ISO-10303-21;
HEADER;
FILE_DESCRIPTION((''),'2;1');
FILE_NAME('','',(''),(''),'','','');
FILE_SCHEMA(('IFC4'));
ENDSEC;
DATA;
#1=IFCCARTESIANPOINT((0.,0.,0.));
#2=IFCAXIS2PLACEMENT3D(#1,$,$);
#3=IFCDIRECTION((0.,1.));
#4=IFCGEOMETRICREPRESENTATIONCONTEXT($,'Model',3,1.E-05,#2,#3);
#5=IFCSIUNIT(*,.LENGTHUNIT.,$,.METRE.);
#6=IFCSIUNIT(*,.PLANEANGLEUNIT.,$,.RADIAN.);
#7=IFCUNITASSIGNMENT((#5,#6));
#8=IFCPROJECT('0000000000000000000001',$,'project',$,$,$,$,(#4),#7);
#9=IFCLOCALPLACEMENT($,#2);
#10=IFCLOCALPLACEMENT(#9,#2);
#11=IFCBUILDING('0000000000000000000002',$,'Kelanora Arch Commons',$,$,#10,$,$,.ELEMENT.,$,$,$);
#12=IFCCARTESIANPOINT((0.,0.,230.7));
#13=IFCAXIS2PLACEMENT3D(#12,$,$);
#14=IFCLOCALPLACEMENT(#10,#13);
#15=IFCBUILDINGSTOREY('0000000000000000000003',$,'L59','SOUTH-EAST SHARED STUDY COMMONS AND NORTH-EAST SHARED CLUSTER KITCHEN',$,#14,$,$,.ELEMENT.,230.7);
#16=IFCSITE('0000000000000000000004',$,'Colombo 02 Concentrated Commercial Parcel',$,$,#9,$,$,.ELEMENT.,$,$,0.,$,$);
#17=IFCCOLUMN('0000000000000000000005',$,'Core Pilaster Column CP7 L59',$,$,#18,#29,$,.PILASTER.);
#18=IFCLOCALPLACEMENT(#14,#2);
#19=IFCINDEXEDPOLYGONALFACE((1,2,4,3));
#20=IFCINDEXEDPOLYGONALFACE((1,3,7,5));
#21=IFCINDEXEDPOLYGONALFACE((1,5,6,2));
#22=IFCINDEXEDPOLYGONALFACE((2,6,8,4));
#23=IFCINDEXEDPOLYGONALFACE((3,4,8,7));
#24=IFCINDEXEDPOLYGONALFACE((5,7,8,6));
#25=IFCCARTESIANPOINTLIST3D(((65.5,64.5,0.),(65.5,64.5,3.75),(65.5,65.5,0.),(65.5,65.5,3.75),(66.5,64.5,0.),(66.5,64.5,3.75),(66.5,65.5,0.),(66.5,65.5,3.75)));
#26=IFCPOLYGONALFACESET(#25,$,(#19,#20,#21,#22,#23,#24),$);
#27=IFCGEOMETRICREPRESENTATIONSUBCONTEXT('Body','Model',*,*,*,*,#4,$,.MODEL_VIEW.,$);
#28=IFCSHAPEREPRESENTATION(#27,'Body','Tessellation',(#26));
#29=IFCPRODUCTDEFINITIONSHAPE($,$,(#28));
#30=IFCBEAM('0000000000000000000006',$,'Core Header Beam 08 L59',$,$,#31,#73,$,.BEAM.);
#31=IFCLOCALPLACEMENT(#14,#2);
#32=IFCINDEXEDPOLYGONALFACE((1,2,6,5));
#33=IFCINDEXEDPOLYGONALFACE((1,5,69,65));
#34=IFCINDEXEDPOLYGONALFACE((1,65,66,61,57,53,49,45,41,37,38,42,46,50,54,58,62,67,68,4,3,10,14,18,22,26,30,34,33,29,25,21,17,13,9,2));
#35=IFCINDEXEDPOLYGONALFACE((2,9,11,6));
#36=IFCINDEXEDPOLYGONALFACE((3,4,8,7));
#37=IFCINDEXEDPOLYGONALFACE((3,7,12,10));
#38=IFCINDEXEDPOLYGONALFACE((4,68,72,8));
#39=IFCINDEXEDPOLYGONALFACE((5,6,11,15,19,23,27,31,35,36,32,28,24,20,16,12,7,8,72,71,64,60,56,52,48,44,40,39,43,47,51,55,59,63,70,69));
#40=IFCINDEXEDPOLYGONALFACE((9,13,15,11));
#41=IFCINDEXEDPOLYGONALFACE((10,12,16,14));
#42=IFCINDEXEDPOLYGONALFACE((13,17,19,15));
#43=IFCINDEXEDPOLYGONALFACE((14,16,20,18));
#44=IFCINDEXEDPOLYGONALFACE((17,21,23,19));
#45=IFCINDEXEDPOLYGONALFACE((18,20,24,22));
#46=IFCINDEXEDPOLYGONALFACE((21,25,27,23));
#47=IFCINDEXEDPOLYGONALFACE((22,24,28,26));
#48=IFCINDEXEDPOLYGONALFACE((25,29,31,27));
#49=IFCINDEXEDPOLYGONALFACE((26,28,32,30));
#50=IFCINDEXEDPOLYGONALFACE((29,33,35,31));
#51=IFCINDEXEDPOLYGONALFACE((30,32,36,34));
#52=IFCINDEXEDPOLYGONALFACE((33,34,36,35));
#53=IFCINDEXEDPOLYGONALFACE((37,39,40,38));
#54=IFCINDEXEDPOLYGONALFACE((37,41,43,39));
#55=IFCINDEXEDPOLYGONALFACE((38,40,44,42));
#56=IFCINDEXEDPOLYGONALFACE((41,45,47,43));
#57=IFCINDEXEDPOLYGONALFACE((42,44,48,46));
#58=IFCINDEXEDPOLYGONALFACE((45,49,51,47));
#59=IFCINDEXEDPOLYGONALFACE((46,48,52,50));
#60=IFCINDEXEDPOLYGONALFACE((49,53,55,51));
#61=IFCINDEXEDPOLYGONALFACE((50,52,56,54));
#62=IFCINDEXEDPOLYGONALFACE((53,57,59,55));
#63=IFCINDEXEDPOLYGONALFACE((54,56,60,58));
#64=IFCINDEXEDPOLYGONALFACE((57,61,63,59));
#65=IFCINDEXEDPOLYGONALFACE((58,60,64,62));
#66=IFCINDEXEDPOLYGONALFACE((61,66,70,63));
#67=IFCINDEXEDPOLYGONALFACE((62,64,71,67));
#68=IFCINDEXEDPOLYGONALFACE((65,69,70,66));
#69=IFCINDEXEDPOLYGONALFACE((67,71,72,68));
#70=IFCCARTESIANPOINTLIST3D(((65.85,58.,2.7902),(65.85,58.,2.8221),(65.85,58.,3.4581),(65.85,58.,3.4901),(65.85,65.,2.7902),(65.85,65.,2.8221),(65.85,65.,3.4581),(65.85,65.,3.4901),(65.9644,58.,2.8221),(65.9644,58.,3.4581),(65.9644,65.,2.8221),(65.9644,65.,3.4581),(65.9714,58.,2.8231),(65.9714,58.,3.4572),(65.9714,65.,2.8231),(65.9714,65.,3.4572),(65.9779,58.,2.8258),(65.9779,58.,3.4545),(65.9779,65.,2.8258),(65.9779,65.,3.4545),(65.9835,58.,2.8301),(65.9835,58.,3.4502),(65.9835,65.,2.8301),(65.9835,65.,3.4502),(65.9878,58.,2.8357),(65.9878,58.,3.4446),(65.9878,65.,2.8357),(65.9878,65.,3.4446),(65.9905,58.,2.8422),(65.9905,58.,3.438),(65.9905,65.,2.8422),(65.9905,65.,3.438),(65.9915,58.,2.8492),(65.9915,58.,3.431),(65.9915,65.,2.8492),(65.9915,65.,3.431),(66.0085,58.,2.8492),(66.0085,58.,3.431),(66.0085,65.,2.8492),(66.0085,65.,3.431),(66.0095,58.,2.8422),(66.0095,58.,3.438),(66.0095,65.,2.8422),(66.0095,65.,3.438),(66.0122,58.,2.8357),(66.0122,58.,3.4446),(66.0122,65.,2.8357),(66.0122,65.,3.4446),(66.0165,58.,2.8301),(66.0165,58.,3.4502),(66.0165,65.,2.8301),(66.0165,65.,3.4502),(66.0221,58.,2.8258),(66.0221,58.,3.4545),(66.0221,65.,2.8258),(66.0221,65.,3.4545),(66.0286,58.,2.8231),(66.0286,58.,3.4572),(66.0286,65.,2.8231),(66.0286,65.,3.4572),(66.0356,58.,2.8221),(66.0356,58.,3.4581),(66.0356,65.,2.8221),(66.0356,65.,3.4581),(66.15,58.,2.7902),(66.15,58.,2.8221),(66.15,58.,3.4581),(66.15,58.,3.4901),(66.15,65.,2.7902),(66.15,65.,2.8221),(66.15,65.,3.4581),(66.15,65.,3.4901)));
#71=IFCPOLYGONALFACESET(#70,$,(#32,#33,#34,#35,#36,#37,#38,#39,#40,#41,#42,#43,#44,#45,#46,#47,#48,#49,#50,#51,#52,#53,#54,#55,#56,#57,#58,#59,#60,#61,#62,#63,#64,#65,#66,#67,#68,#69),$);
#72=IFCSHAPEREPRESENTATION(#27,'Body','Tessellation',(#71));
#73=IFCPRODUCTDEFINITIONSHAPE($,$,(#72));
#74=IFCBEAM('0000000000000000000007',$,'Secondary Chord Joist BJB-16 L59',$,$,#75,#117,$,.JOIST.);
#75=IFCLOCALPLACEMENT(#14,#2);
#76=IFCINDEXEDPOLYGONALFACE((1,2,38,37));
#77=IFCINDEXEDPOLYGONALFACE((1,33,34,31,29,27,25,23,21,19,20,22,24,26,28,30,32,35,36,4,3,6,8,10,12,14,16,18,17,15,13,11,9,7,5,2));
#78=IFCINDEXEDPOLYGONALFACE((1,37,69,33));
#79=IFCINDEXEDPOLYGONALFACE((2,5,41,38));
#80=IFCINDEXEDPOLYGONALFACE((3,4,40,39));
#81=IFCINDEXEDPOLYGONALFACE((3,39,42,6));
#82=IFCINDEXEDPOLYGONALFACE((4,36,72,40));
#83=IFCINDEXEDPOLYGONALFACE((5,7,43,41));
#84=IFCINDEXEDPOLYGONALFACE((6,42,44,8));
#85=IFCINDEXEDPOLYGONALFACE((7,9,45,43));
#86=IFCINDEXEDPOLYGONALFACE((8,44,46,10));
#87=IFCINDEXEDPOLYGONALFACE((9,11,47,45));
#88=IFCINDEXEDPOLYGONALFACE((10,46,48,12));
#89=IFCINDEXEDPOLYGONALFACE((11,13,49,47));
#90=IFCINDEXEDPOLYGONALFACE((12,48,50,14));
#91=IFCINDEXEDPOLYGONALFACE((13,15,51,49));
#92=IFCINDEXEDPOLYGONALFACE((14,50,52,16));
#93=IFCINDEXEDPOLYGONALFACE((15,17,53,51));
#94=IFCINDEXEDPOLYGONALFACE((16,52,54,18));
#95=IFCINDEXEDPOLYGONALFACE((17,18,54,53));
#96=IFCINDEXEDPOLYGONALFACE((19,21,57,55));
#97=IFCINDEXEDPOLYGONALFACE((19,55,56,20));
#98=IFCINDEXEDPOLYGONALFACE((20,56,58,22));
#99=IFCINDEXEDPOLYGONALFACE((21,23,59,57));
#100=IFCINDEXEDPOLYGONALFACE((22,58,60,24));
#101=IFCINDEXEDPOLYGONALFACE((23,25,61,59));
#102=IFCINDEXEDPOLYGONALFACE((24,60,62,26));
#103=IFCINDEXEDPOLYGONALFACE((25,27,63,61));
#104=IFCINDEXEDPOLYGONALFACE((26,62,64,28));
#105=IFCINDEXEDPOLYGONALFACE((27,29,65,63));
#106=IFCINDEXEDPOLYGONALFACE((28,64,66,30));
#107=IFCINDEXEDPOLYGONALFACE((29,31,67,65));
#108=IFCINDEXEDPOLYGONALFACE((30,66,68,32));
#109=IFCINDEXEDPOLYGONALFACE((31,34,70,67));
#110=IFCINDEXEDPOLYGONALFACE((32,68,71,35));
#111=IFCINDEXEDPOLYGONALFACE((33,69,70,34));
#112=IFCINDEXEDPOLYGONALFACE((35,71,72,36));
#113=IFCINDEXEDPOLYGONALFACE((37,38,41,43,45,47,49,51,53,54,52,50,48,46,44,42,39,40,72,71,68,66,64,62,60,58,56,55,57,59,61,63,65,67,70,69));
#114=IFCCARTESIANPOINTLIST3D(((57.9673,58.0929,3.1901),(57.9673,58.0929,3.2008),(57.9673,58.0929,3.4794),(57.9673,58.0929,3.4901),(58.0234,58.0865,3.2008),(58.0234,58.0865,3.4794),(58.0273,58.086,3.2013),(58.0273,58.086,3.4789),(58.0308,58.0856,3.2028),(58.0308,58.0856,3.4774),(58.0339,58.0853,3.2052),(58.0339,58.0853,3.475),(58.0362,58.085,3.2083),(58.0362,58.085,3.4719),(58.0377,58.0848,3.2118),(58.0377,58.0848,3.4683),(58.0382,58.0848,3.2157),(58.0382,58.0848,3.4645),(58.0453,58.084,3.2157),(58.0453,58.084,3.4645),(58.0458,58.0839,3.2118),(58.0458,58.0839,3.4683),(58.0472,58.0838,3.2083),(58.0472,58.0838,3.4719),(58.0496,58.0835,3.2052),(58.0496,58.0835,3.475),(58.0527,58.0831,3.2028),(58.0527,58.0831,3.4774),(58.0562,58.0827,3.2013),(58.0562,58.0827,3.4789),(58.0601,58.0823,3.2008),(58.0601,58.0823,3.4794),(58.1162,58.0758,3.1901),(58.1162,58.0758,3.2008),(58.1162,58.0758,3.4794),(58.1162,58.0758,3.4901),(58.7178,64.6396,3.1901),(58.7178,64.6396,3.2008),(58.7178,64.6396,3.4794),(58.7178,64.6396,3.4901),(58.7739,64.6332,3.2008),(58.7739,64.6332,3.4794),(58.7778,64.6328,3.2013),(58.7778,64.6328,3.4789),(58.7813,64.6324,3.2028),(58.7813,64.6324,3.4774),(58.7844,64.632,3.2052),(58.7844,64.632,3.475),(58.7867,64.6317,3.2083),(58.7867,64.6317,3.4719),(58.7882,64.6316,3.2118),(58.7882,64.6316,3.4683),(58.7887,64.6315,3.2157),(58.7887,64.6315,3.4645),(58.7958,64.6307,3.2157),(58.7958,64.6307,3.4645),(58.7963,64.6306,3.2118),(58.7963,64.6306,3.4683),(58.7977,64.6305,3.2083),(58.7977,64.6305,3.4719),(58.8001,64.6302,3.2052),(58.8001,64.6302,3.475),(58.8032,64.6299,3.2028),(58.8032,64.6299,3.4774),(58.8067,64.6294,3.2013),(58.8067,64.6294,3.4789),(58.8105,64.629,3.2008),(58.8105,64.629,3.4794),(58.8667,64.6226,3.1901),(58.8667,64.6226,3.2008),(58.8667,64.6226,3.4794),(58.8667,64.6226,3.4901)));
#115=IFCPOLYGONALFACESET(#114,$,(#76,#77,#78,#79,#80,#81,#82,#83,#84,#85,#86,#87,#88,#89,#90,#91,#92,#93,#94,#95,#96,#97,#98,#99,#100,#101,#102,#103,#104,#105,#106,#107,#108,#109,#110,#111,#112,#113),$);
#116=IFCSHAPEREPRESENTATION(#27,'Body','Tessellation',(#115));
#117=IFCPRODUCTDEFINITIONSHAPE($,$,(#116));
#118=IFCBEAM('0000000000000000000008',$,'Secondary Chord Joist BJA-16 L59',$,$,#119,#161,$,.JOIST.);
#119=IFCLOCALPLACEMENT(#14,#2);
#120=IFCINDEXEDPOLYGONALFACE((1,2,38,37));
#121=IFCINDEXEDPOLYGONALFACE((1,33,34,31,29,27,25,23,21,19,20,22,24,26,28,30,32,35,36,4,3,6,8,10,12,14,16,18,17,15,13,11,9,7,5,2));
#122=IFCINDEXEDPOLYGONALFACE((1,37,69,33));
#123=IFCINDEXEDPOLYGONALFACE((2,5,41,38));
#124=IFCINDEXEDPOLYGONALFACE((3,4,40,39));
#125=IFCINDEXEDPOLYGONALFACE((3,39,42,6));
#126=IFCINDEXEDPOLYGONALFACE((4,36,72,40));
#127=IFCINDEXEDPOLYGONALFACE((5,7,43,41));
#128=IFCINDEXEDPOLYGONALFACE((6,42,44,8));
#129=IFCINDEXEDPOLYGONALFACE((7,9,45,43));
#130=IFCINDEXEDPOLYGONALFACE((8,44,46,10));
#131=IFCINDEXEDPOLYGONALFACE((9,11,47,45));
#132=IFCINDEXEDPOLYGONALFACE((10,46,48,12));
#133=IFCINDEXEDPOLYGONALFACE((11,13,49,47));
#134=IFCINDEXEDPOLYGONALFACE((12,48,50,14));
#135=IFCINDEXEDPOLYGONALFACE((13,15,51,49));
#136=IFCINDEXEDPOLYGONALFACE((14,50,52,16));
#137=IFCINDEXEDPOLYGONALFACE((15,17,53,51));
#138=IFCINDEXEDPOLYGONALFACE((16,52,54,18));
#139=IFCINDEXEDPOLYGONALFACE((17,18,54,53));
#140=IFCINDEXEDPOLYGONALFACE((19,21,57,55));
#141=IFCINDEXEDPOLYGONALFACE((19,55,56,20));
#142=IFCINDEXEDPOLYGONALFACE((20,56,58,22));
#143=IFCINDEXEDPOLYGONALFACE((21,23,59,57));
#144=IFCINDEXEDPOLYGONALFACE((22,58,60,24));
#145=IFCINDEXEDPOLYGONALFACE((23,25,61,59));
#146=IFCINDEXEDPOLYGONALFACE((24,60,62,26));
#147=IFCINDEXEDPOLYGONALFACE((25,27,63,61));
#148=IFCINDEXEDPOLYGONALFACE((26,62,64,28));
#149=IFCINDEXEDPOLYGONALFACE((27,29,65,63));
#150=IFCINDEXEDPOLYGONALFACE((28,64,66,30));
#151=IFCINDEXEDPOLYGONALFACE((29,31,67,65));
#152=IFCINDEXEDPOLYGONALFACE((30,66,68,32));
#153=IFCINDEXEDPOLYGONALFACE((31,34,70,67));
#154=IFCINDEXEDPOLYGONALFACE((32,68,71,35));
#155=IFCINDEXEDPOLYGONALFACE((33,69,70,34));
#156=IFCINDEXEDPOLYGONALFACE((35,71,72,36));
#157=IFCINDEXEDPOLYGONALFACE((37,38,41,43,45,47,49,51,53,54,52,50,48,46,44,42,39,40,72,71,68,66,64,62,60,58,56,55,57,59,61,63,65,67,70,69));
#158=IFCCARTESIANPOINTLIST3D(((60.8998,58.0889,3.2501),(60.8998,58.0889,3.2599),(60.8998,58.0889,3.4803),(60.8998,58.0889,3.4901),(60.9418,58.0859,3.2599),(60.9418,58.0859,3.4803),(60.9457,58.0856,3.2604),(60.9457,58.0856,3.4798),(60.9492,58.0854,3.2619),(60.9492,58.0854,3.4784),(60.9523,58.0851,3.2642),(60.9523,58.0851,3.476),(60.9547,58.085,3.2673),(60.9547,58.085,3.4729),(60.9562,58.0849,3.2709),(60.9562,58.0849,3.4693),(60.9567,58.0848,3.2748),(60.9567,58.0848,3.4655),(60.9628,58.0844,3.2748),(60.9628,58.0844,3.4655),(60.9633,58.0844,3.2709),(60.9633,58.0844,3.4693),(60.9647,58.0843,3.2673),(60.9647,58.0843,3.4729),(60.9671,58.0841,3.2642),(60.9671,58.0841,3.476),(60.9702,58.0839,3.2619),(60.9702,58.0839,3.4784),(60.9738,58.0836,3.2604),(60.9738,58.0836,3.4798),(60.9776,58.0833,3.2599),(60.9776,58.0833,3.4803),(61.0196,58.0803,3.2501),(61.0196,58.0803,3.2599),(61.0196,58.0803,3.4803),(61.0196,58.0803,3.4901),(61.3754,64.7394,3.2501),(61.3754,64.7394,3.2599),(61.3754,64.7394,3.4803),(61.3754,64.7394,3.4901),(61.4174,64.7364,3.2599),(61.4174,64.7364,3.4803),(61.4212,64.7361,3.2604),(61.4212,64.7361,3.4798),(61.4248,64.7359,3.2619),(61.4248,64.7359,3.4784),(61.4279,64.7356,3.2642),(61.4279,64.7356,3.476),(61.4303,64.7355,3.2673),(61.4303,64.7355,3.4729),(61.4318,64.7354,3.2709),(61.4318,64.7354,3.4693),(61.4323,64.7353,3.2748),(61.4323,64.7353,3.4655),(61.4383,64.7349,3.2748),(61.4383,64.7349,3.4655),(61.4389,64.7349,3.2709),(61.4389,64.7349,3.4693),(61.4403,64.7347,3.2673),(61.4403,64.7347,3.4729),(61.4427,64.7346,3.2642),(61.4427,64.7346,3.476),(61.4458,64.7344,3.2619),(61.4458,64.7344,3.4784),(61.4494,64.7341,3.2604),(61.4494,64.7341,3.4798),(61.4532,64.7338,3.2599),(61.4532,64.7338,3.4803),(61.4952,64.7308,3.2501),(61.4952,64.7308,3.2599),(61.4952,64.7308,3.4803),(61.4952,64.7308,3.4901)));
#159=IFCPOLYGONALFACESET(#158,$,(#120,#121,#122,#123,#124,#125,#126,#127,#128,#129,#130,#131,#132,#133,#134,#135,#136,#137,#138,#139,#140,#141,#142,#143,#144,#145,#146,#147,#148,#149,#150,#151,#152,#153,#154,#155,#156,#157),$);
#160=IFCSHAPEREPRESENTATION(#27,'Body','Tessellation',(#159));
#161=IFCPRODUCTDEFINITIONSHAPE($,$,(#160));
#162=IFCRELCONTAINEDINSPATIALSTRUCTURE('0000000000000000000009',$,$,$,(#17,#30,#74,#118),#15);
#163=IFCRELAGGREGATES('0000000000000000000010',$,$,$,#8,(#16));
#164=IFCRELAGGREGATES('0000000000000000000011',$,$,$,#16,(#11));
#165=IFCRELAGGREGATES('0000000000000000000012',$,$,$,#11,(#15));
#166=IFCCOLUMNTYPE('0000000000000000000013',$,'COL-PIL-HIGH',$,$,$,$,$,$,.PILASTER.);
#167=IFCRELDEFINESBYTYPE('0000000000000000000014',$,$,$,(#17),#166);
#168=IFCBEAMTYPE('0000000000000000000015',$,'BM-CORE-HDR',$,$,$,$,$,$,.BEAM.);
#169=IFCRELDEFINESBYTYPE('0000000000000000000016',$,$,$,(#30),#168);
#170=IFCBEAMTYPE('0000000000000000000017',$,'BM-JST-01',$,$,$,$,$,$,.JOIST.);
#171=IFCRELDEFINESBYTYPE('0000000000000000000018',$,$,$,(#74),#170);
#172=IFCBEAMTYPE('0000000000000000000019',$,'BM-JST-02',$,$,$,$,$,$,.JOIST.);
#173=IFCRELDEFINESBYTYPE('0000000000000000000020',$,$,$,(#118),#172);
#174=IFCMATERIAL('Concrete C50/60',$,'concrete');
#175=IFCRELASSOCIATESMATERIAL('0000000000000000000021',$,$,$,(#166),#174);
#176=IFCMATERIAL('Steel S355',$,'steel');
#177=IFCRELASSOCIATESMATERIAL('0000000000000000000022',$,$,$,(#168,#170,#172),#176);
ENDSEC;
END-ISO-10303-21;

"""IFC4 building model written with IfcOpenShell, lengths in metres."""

from ifc_helpers import new_model, si_unit, direction, frame, origin, origin_2d, place, context, subcontext, project, spatial, rectangle, i_section, extrude, material, material_profile, profile_set, type_object, element, save


model = new_model("IFC4")

# Units and contexts
model_context = context("Model", 3, precision=1e-05, world=origin(), true_north=direction((0.0, 1.0)))
body_context = subcontext(model_context, "Body", "Model", "MODEL_VIEW")
ifc_project = project(units=[si_unit("LENGTHUNIT", "METRE"), si_unit("PLANEANGLEUNIT", "RADIAN")], contexts=[model_context])

# Site, building, storey
site_placement = place(None, origin())
site = spatial("IfcSite", under=ifc_project, at=site_placement, Name="Colombo 02 Concentrated Commercial Parcel", CompositionType="ELEMENT", RefElevation=0.0)
building_placement = place(site_placement, origin())
building = spatial("IfcBuilding", under=site, at=building_placement, Name="Kelanora Arch Commons", CompositionType="ELEMENT")
storey_placement = place(building_placement, frame((0.0, 0.0, 230.7)))
storey = spatial("IfcBuildingStorey", under=building, at=storey_placement, Name="L59", Description="SOUTH-EAST SHARED STUDY COMMONS AND NORTH-EAST SHARED CLUSTER KITCHEN", CompositionType="ELEMENT", Elevation=230.7)

# Column
ifc_material_1 = material(Name="Concrete C50/60", Category="concrete")
ifc_material_profile_1 = material_profile(ifc_material_1, rectangle(XDim=1.0, YDim=1.0, at=origin_2d()), Name="RC1000x1000")
ifc_profile_set_1 = profile_set([ifc_material_profile_1], Name="Concrete C50/60")
column_type = type_object("IfcColumnType", Name="COL-PIL-HIGH", PredefinedType="PILASTER", material=ifc_profile_set_1)
column_placement = place(storey_placement, frame((66.0, 65.0, 0.0), z_axis=(0.0, 0.0, 1.0), x_axis=(1.0, 0.0, 0.0)))
element("IfcColumn", 1, at=column_placement, inside=storey, type_object=column_type, Name="Core Pilaster Column CP7 L59", PredefinedType="PILASTER", context=body_context, shape_type="SweptSolid", body=[
    extrude(rectangle(XDim=1.0, YDim=1.0, at=origin_2d()), origin(), (0.0, 0.0, 1.0), 3.75),
])

# Beams
ifc_material_2 = material(Name="Steel S355", Category="steel")
ifc_material_profile_2 = material_profile(ifc_material_2, i_section(OverallWidth=0.3, OverallDepth=0.7, WebThickness=0.0171, FlangeThickness=0.032, FilletRadius=0.0271, at=origin_2d()), Name="HEB700")
ifc_profile_set_2 = profile_set([ifc_material_profile_2], Name="Steel S355")
beam_type_1 = type_object("IfcBeamType", Name="BM-CORE-HDR", PredefinedType="BEAM", material=ifc_profile_set_2)
beam_1_placement = place(storey_placement, frame((66.0, 65.0, 3.1401), z_axis=(0.0, -1.0, 0.0), x_axis=(1.0, 0.0, 0.0)))
element("IfcBeam", 2, at=beam_1_placement, inside=storey, type_object=beam_type_1, Name="Core Header Beam 08 L59", PredefinedType="BEAM", context=body_context, shape_type="SweptSolid", body=[
    extrude(i_section(OverallWidth=0.3, OverallDepth=0.7, WebThickness=0.0171, FlangeThickness=0.032, FilletRadius=0.0271, at=origin_2d()), origin(), (0.0, 0.0, 1.0), 7.0),
])
ifc_material_profile_3 = material_profile(ifc_material_2, i_section(OverallWidth=0.1499, OverallDepth=0.3, WebThickness=0.0071, FlangeThickness=0.0107, FilletRadius=0.0149, at=origin_2d()), Name="IPE300")
ifc_profile_set_3 = profile_set([ifc_material_profile_3], Name="Steel S355")
beam_type_2 = type_object("IfcBeamType", Name="BM-JST-01", PredefinedType="JOIST", material=ifc_profile_set_3)
beam_2_placement = place(storey_placement, frame((58.7922, 64.6311, 3.3401), z_axis=(-0.113891, -0.993493, 0.0), x_axis=(0.993493, -0.113891, 0.0)))
element("IfcBeam", 3, at=beam_2_placement, inside=storey, type_object=beam_type_2, Name="Secondary Chord Joist BJB-16 L59", PredefinedType="JOIST", context=body_context, shape_type="SweptSolid", body=[
    extrude(i_section(OverallWidth=0.1499, OverallDepth=0.3, WebThickness=0.0071, FlangeThickness=0.0107, FilletRadius=0.0149, at=origin_2d()), origin(), (0.0, 0.0, 1.0), 6.5896),
])
ifc_material_profile_4 = material_profile(ifc_material_2, i_section(OverallWidth=0.1201, OverallDepth=0.24, WebThickness=0.0061, FlangeThickness=0.0098, FilletRadius=0.0149, at=origin_2d()), Name="IPE240")
ifc_profile_set_4 = profile_set([ifc_material_profile_4], Name="Steel S355")
beam_type_3 = type_object("IfcBeamType", Name="BM-JST-02", PredefinedType="JOIST", material=ifc_profile_set_4)
beam_3_placement = place(storey_placement, frame((61.4353, 64.7351, 3.3701), z_axis=(-0.07133, -0.997453, 0.0), x_axis=(0.997453, -0.07133, 0.0)))
element("IfcBeam", 4, at=beam_3_placement, inside=storey, type_object=beam_type_3, Name="Secondary Chord Joist BJA-16 L59", PredefinedType="JOIST", context=body_context, shape_type="SweptSolid", body=[
    extrude(i_section(OverallWidth=0.1201, OverallDepth=0.24, WebThickness=0.0061, FlangeThickness=0.0098, FilletRadius=0.0149, at=origin_2d()), origin(), (0.0, 0.0, 1.0), 6.6675),
])

save(model, "model.ifc")
